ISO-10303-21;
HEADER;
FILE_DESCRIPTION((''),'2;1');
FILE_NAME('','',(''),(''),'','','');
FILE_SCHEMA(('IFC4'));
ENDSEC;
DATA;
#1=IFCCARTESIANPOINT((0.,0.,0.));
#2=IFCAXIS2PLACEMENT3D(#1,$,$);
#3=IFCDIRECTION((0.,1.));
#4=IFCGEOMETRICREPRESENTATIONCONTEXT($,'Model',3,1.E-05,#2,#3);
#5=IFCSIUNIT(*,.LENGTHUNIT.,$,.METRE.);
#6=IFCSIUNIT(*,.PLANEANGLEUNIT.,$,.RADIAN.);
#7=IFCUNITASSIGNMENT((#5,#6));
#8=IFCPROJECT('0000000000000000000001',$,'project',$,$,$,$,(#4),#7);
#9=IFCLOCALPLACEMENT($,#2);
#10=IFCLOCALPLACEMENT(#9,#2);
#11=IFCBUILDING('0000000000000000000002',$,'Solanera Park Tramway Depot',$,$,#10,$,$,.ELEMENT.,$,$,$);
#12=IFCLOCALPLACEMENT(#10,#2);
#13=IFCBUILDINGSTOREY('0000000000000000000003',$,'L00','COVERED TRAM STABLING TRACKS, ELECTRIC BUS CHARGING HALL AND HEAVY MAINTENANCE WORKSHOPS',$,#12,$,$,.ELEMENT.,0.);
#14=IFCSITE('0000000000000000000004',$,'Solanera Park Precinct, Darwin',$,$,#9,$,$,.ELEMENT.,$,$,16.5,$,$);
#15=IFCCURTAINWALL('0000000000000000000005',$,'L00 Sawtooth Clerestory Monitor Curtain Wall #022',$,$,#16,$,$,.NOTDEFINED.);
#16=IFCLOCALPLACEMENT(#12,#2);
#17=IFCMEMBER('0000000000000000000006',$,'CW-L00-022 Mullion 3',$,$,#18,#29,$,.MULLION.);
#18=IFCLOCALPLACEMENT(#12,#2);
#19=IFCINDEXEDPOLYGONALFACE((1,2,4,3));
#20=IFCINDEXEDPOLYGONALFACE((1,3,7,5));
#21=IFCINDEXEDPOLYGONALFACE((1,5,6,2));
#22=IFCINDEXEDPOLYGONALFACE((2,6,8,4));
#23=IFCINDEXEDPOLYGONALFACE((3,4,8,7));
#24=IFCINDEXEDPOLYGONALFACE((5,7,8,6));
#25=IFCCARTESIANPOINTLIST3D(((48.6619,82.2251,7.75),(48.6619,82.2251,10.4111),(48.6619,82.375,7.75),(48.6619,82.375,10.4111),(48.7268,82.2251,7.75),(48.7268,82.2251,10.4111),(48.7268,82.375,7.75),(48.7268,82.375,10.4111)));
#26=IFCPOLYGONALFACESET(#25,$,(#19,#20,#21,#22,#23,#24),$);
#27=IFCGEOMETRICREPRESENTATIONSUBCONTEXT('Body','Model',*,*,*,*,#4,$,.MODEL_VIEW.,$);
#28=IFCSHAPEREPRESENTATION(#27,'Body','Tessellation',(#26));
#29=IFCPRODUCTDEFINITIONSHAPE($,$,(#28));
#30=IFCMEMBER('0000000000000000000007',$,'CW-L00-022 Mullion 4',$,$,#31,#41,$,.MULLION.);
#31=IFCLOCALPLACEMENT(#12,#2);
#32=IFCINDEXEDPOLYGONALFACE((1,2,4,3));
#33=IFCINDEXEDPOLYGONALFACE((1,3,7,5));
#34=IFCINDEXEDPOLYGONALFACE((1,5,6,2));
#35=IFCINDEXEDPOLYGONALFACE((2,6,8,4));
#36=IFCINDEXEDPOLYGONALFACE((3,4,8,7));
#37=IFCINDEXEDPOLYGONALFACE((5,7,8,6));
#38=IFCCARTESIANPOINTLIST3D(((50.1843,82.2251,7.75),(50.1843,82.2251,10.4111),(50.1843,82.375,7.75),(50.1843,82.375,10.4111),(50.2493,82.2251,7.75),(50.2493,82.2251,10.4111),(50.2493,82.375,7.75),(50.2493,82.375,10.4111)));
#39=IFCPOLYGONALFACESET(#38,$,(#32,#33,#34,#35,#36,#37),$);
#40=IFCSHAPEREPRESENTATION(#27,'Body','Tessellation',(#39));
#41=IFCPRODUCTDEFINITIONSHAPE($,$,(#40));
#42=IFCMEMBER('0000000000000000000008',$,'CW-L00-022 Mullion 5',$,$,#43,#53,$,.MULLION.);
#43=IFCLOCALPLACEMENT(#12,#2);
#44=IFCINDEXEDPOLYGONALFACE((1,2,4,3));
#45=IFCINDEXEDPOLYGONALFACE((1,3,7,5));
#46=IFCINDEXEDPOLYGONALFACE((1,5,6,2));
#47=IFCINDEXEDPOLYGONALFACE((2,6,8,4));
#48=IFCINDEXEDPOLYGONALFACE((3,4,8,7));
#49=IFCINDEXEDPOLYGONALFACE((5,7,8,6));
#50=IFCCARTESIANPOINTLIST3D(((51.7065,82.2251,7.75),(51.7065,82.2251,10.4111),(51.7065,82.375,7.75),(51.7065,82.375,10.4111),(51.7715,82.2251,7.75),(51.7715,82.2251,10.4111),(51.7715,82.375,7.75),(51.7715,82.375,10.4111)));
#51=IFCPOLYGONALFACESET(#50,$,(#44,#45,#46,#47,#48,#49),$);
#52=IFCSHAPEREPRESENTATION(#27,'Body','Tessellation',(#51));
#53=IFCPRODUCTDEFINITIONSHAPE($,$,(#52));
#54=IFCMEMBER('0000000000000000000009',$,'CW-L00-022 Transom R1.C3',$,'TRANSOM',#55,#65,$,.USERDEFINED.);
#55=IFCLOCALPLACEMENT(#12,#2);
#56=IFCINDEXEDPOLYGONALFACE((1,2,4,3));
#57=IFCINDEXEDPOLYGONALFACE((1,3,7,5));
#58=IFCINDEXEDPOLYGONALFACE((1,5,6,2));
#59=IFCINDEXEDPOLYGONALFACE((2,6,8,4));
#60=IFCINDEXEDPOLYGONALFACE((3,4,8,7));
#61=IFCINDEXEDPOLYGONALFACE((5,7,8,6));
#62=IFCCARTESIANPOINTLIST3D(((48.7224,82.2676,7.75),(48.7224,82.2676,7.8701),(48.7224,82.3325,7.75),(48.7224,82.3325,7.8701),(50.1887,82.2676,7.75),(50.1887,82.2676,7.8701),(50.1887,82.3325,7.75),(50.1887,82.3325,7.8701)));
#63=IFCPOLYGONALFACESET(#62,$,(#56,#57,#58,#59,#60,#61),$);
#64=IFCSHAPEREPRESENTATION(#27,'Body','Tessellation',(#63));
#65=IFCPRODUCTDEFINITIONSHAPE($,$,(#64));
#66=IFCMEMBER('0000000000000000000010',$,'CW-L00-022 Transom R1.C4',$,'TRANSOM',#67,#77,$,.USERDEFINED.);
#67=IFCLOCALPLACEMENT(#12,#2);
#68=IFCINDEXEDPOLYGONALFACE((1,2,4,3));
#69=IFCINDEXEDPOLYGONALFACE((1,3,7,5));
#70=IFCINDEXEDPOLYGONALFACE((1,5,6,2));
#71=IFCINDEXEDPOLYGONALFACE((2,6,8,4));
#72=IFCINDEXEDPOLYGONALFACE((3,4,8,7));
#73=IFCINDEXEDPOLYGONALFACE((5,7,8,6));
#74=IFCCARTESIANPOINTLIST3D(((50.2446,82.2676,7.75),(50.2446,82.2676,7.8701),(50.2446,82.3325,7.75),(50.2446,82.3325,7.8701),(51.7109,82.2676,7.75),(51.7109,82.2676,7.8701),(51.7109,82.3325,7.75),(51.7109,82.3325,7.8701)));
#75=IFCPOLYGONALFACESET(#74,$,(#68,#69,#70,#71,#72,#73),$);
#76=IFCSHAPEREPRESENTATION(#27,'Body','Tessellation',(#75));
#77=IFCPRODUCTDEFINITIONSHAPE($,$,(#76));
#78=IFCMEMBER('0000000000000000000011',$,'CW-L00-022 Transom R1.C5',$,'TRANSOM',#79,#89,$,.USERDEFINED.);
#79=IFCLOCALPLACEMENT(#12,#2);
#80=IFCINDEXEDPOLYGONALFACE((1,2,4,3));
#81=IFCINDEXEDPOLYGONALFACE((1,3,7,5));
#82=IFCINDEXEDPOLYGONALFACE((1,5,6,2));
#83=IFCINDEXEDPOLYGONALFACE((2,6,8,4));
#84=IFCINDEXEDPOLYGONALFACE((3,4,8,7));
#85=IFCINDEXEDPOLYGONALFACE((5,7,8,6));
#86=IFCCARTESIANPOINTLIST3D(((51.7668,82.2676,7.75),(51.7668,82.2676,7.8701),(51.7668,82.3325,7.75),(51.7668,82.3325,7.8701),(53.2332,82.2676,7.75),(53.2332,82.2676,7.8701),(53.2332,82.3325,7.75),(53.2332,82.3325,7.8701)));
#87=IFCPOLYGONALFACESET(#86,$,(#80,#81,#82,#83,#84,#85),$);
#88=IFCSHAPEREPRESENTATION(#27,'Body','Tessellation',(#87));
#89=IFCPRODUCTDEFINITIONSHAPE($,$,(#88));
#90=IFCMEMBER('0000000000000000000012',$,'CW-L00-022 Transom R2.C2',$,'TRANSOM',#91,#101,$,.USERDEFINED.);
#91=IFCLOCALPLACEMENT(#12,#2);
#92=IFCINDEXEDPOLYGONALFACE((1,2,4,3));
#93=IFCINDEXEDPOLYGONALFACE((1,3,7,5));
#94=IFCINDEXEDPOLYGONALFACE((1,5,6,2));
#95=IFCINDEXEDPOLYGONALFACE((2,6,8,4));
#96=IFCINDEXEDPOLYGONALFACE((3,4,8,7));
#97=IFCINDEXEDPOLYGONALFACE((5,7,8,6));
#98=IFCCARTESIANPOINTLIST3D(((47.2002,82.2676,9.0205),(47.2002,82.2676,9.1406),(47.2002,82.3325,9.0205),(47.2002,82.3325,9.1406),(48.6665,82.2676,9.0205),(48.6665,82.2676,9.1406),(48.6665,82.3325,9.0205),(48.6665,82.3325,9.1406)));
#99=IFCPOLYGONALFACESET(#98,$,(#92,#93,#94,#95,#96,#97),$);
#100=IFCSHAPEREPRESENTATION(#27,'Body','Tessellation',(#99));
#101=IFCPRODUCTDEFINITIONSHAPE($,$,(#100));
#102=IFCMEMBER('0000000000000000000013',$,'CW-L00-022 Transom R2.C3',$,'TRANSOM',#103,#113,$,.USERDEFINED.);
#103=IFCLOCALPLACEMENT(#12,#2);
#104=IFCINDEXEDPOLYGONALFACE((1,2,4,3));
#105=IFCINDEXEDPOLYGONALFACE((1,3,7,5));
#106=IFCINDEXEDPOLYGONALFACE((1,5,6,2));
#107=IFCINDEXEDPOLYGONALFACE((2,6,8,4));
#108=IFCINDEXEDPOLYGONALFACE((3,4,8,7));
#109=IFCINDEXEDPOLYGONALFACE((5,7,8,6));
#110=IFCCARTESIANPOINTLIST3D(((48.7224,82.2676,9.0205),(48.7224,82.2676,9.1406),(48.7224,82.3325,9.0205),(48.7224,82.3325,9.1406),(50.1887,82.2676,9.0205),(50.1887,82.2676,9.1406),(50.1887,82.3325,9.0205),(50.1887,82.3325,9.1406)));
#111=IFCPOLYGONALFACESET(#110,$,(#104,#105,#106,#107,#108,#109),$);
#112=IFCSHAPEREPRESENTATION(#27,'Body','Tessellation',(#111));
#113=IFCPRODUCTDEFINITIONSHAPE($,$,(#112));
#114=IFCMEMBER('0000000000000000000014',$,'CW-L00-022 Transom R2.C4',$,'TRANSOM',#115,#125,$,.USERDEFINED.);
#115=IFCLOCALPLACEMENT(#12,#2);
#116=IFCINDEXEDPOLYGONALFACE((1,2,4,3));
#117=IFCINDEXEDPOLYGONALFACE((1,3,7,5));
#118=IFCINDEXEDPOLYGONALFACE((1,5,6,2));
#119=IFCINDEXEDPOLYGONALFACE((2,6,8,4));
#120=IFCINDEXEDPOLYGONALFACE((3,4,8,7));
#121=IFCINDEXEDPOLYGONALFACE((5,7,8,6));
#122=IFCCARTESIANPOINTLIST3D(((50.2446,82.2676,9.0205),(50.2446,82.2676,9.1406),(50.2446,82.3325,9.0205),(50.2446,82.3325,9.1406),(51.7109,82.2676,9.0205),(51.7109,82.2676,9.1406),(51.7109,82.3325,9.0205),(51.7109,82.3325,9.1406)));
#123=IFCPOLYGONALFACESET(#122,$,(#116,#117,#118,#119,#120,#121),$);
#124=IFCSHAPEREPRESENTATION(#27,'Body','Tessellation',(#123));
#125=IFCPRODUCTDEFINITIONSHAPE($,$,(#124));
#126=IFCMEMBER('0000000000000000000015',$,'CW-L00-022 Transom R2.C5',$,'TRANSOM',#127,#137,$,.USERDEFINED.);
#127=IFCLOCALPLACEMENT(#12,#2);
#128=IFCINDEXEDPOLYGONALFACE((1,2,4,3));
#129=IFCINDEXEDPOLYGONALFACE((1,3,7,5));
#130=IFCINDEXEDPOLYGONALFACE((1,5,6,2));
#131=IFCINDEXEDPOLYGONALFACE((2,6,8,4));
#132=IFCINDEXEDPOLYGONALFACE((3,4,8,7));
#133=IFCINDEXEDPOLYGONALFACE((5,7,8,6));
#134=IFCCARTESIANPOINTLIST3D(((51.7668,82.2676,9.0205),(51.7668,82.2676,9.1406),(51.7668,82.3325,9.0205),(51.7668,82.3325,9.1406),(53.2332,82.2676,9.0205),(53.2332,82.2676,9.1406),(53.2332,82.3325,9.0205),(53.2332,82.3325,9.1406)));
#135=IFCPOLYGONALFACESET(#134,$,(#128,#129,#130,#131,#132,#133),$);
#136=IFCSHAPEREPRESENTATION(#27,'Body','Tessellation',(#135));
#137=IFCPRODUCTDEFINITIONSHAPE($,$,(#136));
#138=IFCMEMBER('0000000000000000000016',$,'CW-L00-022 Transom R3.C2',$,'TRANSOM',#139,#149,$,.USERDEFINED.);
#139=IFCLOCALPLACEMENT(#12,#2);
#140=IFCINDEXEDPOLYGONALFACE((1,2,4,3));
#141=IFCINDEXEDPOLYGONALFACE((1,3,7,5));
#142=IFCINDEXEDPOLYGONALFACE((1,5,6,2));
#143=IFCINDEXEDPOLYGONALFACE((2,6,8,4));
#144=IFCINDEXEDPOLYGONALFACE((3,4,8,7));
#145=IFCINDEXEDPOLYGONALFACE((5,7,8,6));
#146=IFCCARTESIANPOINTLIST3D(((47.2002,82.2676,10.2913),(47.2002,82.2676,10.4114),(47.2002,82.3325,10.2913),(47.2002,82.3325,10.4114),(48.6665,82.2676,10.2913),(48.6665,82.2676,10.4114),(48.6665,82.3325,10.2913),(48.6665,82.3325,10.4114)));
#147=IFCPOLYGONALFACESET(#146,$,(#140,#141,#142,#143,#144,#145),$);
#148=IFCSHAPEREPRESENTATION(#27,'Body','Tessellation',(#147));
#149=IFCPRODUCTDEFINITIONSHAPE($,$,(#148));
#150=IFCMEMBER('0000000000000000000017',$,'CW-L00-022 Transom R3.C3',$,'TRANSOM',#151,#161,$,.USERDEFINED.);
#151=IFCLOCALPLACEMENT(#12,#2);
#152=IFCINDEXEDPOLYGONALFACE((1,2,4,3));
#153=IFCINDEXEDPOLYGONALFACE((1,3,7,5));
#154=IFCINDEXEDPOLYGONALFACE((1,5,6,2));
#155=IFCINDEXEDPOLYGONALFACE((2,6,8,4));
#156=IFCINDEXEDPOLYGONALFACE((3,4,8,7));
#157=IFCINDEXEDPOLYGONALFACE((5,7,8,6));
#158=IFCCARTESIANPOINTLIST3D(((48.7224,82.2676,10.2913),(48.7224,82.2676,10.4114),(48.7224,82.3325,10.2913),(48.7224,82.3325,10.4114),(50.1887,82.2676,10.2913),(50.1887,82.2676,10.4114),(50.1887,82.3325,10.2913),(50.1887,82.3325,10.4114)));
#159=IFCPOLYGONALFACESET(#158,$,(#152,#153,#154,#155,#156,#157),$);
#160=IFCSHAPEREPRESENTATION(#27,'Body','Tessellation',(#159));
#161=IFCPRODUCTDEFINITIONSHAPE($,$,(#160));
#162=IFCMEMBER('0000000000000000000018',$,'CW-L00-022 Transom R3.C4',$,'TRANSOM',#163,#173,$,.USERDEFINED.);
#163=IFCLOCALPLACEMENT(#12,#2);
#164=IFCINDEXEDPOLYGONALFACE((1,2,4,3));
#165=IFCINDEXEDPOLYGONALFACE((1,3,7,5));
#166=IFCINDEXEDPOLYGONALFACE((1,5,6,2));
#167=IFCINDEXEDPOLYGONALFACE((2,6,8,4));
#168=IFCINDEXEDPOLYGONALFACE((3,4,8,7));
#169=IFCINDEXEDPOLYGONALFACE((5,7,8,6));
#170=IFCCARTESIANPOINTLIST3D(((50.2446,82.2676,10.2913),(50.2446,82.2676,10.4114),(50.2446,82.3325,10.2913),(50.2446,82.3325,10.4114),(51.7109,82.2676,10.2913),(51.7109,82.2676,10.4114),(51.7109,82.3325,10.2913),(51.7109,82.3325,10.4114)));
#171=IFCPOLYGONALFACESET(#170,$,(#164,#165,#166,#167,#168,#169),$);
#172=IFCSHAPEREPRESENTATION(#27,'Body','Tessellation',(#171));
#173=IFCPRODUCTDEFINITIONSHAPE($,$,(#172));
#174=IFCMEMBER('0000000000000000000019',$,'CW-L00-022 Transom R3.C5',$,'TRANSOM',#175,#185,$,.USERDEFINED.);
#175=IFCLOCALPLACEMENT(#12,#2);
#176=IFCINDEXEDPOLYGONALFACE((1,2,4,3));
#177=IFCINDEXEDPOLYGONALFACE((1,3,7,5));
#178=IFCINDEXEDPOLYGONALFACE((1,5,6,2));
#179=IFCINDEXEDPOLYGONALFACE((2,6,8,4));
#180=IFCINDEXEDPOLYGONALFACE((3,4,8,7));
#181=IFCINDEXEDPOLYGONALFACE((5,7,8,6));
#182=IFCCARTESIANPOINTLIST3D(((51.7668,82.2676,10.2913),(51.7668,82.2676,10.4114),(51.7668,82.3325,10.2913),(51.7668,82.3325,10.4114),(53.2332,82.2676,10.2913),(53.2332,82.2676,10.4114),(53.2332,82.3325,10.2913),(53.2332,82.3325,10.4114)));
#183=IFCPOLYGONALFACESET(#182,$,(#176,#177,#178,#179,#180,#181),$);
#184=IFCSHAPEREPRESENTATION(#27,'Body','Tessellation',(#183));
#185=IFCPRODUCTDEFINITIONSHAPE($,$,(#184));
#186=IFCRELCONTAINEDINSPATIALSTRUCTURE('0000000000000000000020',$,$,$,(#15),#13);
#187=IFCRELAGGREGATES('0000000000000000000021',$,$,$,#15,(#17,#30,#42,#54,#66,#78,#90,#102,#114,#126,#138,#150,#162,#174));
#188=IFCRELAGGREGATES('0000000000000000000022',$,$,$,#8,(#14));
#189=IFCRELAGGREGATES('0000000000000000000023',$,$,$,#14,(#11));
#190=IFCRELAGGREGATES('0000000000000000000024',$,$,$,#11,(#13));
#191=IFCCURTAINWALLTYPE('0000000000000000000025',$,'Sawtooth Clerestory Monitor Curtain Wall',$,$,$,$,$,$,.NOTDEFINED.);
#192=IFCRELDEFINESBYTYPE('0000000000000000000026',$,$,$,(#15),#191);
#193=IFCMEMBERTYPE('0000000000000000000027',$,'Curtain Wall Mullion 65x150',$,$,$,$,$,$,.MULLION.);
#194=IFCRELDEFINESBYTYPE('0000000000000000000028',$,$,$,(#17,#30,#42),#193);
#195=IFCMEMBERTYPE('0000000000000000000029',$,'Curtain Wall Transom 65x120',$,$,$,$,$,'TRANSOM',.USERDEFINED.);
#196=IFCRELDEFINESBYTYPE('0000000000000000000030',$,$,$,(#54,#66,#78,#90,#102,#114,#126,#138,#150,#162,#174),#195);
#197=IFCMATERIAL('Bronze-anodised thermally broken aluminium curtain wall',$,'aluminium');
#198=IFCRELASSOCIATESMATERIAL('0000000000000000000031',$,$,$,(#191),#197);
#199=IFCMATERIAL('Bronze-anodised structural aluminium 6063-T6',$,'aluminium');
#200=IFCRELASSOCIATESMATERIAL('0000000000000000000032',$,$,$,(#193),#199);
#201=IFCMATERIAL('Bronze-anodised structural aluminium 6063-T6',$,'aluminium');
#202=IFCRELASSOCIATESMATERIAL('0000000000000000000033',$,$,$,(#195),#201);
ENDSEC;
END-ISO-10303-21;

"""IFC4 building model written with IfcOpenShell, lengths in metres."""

from ifc_helpers import new_model, si_unit, direction, frame, origin, origin_2d, place, context, subcontext, project, spatial, rectangle, extrude, material, material_profile, profile_set, type_object, element, aggregate, save


model = new_model("IFC4")

# Units and contexts
model_context = context("Model", 3, precision=1e-05, world=origin(), true_north=direction((0.0, 1.0)))
body_context = subcontext(model_context, "Body", "Model", "MODEL_VIEW")
ifc_project = project(units=[si_unit("LENGTHUNIT", "METRE"), si_unit("PLANEANGLEUNIT", "RADIAN")], contexts=[model_context])

# Site, building, storey
site_placement = place(None, origin())
site = spatial("IfcSite", under=ifc_project, at=site_placement, Name="Solanera Park Precinct, Darwin", CompositionType="ELEMENT", RefElevation=16.5)
building_placement = place(site_placement, origin())
building = spatial("IfcBuilding", under=site, at=building_placement, Name="Solanera Park Tramway Depot", CompositionType="ELEMENT")
storey_placement = place(building_placement, origin())
storey = spatial("IfcBuildingStorey", under=building, at=storey_placement, Name="L00", Description="COVERED TRAM STABLING TRACKS, ELECTRIC BUS CHARGING HALL AND HEAVY MAINTENANCE WORKSHOPS", CompositionType="ELEMENT", Elevation=0.0)

# Curtain wall, members
ifc_material_1 = material(Name="Bronze-anodised thermally broken aluminium curtain wall", Category="aluminium")
curtain_wall_type = type_object("IfcCurtainWallType", Name="Sawtooth Clerestory Monitor Curtain Wall", PredefinedType="NOTDEFINED", material=ifc_material_1)
curtain_wall_placement = place(storey_placement, origin())
curtain_wall = element("IfcCurtainWall", 1, at=curtain_wall_placement, inside=storey, type_object=curtain_wall_type, Name="L00 Sawtooth Clerestory Monitor Curtain Wall #022", PredefinedType="NOTDEFINED")
ifc_material_2 = material(Name="Bronze-anodised structural aluminium 6063-T6", Category="aluminium")
ifc_material_profile_1 = material_profile(ifc_material_2, rectangle(XDim=0.0649, YDim=0.1499, at=origin_2d()), Name="Curtain Wall Mullion 65x150")
ifc_profile_set_1 = profile_set([ifc_material_profile_1], Name="Bronze-anodised structural aluminium 6063-T6")
member_type_1 = type_object("IfcMemberType", Name="Curtain Wall Mullion 65x150", PredefinedType="MULLION", material=ifc_profile_set_1)
member_1_placement = place(storey_placement, frame((48.6943, 82.3, 7.75), z_axis=(0.0, 0.0, 1.0), x_axis=(1.0, 0.0, 0.0)))
member_1 = element("IfcMember", 2, at=member_1_placement, type_object=member_type_1, Name="CW-L00-022 Mullion 3", PredefinedType="MULLION", context=body_context, shape_type="SweptSolid", body=[
    extrude(rectangle(XDim=0.0649, YDim=0.1499, at=origin_2d()), origin(), (0.0, 0.0, 1.0), 2.6611),
])
member_2_placement = place(storey_placement, frame((50.2168, 82.3, 7.75), z_axis=(0.0, 0.0, 1.0), x_axis=(1.0, 0.0, 0.0)))
member_2 = element("IfcMember", 3, at=member_2_placement, type_object=member_type_1, Name="CW-L00-022 Mullion 4", PredefinedType="MULLION", context=body_context, shape_type="SweptSolid", body=[
    extrude(rectangle(XDim=0.0649, YDim=0.1499, at=origin_2d()), origin(), (0.0, 0.0, 1.0), 2.6611),
])
member_3_placement = place(storey_placement, frame((51.739, 82.3, 7.75), z_axis=(0.0, 0.0, 1.0), x_axis=(1.0, 0.0, 0.0)))
member_3 = element("IfcMember", 4, at=member_3_placement, type_object=member_type_1, Name="CW-L00-022 Mullion 5", PredefinedType="MULLION", context=body_context, shape_type="SweptSolid", body=[
    extrude(rectangle(XDim=0.0649, YDim=0.1499, at=origin_2d()), origin(), (0.0, 0.0, 1.0), 2.6611),
])
ifc_material_3 = material(Name="Bronze-anodised structural aluminium 6063-T6", Category="aluminium")
ifc_material_profile_2 = material_profile(ifc_material_3, rectangle(XDim=0.0649, YDim=0.1201, at=origin_2d()), Name="Curtain Wall Transom 65x120")
ifc_profile_set_2 = profile_set([ifc_material_profile_2], Name="Bronze-anodised structural aluminium 6063-T6")
member_type_2 = type_object("IfcMemberType", Name="Curtain Wall Transom 65x120", ElementType="TRANSOM", PredefinedType="USERDEFINED", material=ifc_profile_set_2)
member_4_placement = place(storey_placement, frame((48.7224, 82.3, 7.8101), z_axis=(1.0, 0.0, 0.0), x_axis=(0.0, 1.0, 0.0)))
member_4 = element("IfcMember", 5, at=member_4_placement, type_object=member_type_2, Name="CW-L00-022 Transom R1.C3", ObjectType="TRANSOM", PredefinedType="USERDEFINED", context=body_context, shape_type="SweptSolid", body=[
    extrude(rectangle(XDim=0.0649, YDim=0.1201, at=origin_2d()), origin(), (0.0, 0.0, 1.0), 1.4663),
])
member_5_placement = place(storey_placement, frame((50.2446, 82.3, 7.8101), z_axis=(1.0, 0.0, 0.0), x_axis=(0.0, 1.0, 0.0)))
member_5 = element("IfcMember", 6, at=member_5_placement, type_object=member_type_2, Name="CW-L00-022 Transom R1.C4", ObjectType="TRANSOM", PredefinedType="USERDEFINED", context=body_context, shape_type="SweptSolid", body=[
    extrude(rectangle(XDim=0.0649, YDim=0.1201, at=origin_2d()), origin(), (0.0, 0.0, 1.0), 1.4663),
])
member_6_placement = place(storey_placement, frame((51.7668, 82.3, 7.8101), z_axis=(1.0, 0.0, 0.0), x_axis=(0.0, 1.0, 0.0)))
member_6 = element("IfcMember", 7, at=member_6_placement, type_object=member_type_2, Name="CW-L00-022 Transom R1.C5", ObjectType="TRANSOM", PredefinedType="USERDEFINED", context=body_context, shape_type="SweptSolid", body=[
    extrude(rectangle(XDim=0.0649, YDim=0.1201, at=origin_2d()), origin(), (0.0, 0.0, 1.0), 1.4663),
])
member_7_placement = place(storey_placement, frame((47.2002, 82.3, 9.0806), z_axis=(1.0, 0.0, 0.0), x_axis=(0.0, 1.0, 0.0)))
member_7 = element("IfcMember", 8, at=member_7_placement, type_object=member_type_2, Name="CW-L00-022 Transom R2.C2", ObjectType="TRANSOM", PredefinedType="USERDEFINED", context=body_context, shape_type="SweptSolid", body=[
    extrude(rectangle(XDim=0.0649, YDim=0.1201, at=origin_2d()), origin(), (0.0, 0.0, 1.0), 1.4663),
])
member_8_placement = place(storey_placement, frame((48.7224, 82.3, 9.0806), z_axis=(1.0, 0.0, 0.0), x_axis=(0.0, 1.0, 0.0)))
member_8 = element("IfcMember", 9, at=member_8_placement, type_object=member_type_2, Name="CW-L00-022 Transom R2.C3", ObjectType="TRANSOM", PredefinedType="USERDEFINED", context=body_context, shape_type="SweptSolid", body=[
    extrude(rectangle(XDim=0.0649, YDim=0.1201, at=origin_2d()), origin(), (0.0, 0.0, 1.0), 1.4663),
])
member_9_placement = place(storey_placement, frame((50.2446, 82.3, 9.0806), z_axis=(1.0, 0.0, 0.0), x_axis=(0.0, 1.0, 0.0)))
member_9 = element("IfcMember", 10, at=member_9_placement, type_object=member_type_2, Name="CW-L00-022 Transom R2.C4", ObjectType="TRANSOM", PredefinedType="USERDEFINED", context=body_context, shape_type="SweptSolid", body=[
    extrude(rectangle(XDim=0.0649, YDim=0.1201, at=origin_2d()), origin(), (0.0, 0.0, 1.0), 1.4663),
])
member_10_placement = place(storey_placement, frame((51.7668, 82.3, 9.0806), z_axis=(1.0, 0.0, 0.0), x_axis=(0.0, 1.0, 0.0)))
member_10 = element("IfcMember", 11, at=member_10_placement, type_object=member_type_2, Name="CW-L00-022 Transom R2.C5", ObjectType="TRANSOM", PredefinedType="USERDEFINED", context=body_context, shape_type="SweptSolid", body=[
    extrude(rectangle(XDim=0.0649, YDim=0.1201, at=origin_2d()), origin(), (0.0, 0.0, 1.0), 1.4663),
])
member_11_placement = place(storey_placement, frame((47.2002, 82.3, 10.3513), z_axis=(1.0, 0.0, 0.0), x_axis=(0.0, 1.0, 0.0)))
member_11 = element("IfcMember", 12, at=member_11_placement, type_object=member_type_2, Name="CW-L00-022 Transom R3.C2", ObjectType="TRANSOM", PredefinedType="USERDEFINED", context=body_context, shape_type="SweptSolid", body=[
    extrude(rectangle(XDim=0.0649, YDim=0.1201, at=origin_2d()), origin(), (0.0, 0.0, 1.0), 1.4663),
])
member_12_placement = place(storey_placement, frame((48.7224, 82.3, 10.3513), z_axis=(1.0, 0.0, 0.0), x_axis=(0.0, 1.0, 0.0)))
member_12 = element("IfcMember", 13, at=member_12_placement, type_object=member_type_2, Name="CW-L00-022 Transom R3.C3", ObjectType="TRANSOM", PredefinedType="USERDEFINED", context=body_context, shape_type="SweptSolid", body=[
    extrude(rectangle(XDim=0.0649, YDim=0.1201, at=origin_2d()), origin(), (0.0, 0.0, 1.0), 1.4663),
])
member_13_placement = place(storey_placement, frame((50.2446, 82.3, 10.3513), z_axis=(1.0, 0.0, 0.0), x_axis=(0.0, 1.0, 0.0)))
member_13 = element("IfcMember", 14, at=member_13_placement, type_object=member_type_2, Name="CW-L00-022 Transom R3.C4", ObjectType="TRANSOM", PredefinedType="USERDEFINED", context=body_context, shape_type="SweptSolid", body=[
    extrude(rectangle(XDim=0.0649, YDim=0.1201, at=origin_2d()), origin(), (0.0, 0.0, 1.0), 1.4663),
])
member_14_placement = place(storey_placement, frame((51.7668, 82.3, 10.3513), z_axis=(1.0, 0.0, 0.0), x_axis=(0.0, 1.0, 0.0)))
member_14 = element("IfcMember", 15, at=member_14_placement, type_object=member_type_2, Name="CW-L00-022 Transom R3.C5", ObjectType="TRANSOM", PredefinedType="USERDEFINED", context=body_context, shape_type="SweptSolid", body=[
    extrude(rectangle(XDim=0.0649, YDim=0.1201, at=origin_2d()), origin(), (0.0, 0.0, 1.0), 1.4663),
])

aggregate(curtain_wall, [member_1, member_2, member_3, member_4, member_5, member_6, member_7, member_8, member_9, member_10, member_11, member_12, member_13, member_14])

save(model, "model.ifc")
